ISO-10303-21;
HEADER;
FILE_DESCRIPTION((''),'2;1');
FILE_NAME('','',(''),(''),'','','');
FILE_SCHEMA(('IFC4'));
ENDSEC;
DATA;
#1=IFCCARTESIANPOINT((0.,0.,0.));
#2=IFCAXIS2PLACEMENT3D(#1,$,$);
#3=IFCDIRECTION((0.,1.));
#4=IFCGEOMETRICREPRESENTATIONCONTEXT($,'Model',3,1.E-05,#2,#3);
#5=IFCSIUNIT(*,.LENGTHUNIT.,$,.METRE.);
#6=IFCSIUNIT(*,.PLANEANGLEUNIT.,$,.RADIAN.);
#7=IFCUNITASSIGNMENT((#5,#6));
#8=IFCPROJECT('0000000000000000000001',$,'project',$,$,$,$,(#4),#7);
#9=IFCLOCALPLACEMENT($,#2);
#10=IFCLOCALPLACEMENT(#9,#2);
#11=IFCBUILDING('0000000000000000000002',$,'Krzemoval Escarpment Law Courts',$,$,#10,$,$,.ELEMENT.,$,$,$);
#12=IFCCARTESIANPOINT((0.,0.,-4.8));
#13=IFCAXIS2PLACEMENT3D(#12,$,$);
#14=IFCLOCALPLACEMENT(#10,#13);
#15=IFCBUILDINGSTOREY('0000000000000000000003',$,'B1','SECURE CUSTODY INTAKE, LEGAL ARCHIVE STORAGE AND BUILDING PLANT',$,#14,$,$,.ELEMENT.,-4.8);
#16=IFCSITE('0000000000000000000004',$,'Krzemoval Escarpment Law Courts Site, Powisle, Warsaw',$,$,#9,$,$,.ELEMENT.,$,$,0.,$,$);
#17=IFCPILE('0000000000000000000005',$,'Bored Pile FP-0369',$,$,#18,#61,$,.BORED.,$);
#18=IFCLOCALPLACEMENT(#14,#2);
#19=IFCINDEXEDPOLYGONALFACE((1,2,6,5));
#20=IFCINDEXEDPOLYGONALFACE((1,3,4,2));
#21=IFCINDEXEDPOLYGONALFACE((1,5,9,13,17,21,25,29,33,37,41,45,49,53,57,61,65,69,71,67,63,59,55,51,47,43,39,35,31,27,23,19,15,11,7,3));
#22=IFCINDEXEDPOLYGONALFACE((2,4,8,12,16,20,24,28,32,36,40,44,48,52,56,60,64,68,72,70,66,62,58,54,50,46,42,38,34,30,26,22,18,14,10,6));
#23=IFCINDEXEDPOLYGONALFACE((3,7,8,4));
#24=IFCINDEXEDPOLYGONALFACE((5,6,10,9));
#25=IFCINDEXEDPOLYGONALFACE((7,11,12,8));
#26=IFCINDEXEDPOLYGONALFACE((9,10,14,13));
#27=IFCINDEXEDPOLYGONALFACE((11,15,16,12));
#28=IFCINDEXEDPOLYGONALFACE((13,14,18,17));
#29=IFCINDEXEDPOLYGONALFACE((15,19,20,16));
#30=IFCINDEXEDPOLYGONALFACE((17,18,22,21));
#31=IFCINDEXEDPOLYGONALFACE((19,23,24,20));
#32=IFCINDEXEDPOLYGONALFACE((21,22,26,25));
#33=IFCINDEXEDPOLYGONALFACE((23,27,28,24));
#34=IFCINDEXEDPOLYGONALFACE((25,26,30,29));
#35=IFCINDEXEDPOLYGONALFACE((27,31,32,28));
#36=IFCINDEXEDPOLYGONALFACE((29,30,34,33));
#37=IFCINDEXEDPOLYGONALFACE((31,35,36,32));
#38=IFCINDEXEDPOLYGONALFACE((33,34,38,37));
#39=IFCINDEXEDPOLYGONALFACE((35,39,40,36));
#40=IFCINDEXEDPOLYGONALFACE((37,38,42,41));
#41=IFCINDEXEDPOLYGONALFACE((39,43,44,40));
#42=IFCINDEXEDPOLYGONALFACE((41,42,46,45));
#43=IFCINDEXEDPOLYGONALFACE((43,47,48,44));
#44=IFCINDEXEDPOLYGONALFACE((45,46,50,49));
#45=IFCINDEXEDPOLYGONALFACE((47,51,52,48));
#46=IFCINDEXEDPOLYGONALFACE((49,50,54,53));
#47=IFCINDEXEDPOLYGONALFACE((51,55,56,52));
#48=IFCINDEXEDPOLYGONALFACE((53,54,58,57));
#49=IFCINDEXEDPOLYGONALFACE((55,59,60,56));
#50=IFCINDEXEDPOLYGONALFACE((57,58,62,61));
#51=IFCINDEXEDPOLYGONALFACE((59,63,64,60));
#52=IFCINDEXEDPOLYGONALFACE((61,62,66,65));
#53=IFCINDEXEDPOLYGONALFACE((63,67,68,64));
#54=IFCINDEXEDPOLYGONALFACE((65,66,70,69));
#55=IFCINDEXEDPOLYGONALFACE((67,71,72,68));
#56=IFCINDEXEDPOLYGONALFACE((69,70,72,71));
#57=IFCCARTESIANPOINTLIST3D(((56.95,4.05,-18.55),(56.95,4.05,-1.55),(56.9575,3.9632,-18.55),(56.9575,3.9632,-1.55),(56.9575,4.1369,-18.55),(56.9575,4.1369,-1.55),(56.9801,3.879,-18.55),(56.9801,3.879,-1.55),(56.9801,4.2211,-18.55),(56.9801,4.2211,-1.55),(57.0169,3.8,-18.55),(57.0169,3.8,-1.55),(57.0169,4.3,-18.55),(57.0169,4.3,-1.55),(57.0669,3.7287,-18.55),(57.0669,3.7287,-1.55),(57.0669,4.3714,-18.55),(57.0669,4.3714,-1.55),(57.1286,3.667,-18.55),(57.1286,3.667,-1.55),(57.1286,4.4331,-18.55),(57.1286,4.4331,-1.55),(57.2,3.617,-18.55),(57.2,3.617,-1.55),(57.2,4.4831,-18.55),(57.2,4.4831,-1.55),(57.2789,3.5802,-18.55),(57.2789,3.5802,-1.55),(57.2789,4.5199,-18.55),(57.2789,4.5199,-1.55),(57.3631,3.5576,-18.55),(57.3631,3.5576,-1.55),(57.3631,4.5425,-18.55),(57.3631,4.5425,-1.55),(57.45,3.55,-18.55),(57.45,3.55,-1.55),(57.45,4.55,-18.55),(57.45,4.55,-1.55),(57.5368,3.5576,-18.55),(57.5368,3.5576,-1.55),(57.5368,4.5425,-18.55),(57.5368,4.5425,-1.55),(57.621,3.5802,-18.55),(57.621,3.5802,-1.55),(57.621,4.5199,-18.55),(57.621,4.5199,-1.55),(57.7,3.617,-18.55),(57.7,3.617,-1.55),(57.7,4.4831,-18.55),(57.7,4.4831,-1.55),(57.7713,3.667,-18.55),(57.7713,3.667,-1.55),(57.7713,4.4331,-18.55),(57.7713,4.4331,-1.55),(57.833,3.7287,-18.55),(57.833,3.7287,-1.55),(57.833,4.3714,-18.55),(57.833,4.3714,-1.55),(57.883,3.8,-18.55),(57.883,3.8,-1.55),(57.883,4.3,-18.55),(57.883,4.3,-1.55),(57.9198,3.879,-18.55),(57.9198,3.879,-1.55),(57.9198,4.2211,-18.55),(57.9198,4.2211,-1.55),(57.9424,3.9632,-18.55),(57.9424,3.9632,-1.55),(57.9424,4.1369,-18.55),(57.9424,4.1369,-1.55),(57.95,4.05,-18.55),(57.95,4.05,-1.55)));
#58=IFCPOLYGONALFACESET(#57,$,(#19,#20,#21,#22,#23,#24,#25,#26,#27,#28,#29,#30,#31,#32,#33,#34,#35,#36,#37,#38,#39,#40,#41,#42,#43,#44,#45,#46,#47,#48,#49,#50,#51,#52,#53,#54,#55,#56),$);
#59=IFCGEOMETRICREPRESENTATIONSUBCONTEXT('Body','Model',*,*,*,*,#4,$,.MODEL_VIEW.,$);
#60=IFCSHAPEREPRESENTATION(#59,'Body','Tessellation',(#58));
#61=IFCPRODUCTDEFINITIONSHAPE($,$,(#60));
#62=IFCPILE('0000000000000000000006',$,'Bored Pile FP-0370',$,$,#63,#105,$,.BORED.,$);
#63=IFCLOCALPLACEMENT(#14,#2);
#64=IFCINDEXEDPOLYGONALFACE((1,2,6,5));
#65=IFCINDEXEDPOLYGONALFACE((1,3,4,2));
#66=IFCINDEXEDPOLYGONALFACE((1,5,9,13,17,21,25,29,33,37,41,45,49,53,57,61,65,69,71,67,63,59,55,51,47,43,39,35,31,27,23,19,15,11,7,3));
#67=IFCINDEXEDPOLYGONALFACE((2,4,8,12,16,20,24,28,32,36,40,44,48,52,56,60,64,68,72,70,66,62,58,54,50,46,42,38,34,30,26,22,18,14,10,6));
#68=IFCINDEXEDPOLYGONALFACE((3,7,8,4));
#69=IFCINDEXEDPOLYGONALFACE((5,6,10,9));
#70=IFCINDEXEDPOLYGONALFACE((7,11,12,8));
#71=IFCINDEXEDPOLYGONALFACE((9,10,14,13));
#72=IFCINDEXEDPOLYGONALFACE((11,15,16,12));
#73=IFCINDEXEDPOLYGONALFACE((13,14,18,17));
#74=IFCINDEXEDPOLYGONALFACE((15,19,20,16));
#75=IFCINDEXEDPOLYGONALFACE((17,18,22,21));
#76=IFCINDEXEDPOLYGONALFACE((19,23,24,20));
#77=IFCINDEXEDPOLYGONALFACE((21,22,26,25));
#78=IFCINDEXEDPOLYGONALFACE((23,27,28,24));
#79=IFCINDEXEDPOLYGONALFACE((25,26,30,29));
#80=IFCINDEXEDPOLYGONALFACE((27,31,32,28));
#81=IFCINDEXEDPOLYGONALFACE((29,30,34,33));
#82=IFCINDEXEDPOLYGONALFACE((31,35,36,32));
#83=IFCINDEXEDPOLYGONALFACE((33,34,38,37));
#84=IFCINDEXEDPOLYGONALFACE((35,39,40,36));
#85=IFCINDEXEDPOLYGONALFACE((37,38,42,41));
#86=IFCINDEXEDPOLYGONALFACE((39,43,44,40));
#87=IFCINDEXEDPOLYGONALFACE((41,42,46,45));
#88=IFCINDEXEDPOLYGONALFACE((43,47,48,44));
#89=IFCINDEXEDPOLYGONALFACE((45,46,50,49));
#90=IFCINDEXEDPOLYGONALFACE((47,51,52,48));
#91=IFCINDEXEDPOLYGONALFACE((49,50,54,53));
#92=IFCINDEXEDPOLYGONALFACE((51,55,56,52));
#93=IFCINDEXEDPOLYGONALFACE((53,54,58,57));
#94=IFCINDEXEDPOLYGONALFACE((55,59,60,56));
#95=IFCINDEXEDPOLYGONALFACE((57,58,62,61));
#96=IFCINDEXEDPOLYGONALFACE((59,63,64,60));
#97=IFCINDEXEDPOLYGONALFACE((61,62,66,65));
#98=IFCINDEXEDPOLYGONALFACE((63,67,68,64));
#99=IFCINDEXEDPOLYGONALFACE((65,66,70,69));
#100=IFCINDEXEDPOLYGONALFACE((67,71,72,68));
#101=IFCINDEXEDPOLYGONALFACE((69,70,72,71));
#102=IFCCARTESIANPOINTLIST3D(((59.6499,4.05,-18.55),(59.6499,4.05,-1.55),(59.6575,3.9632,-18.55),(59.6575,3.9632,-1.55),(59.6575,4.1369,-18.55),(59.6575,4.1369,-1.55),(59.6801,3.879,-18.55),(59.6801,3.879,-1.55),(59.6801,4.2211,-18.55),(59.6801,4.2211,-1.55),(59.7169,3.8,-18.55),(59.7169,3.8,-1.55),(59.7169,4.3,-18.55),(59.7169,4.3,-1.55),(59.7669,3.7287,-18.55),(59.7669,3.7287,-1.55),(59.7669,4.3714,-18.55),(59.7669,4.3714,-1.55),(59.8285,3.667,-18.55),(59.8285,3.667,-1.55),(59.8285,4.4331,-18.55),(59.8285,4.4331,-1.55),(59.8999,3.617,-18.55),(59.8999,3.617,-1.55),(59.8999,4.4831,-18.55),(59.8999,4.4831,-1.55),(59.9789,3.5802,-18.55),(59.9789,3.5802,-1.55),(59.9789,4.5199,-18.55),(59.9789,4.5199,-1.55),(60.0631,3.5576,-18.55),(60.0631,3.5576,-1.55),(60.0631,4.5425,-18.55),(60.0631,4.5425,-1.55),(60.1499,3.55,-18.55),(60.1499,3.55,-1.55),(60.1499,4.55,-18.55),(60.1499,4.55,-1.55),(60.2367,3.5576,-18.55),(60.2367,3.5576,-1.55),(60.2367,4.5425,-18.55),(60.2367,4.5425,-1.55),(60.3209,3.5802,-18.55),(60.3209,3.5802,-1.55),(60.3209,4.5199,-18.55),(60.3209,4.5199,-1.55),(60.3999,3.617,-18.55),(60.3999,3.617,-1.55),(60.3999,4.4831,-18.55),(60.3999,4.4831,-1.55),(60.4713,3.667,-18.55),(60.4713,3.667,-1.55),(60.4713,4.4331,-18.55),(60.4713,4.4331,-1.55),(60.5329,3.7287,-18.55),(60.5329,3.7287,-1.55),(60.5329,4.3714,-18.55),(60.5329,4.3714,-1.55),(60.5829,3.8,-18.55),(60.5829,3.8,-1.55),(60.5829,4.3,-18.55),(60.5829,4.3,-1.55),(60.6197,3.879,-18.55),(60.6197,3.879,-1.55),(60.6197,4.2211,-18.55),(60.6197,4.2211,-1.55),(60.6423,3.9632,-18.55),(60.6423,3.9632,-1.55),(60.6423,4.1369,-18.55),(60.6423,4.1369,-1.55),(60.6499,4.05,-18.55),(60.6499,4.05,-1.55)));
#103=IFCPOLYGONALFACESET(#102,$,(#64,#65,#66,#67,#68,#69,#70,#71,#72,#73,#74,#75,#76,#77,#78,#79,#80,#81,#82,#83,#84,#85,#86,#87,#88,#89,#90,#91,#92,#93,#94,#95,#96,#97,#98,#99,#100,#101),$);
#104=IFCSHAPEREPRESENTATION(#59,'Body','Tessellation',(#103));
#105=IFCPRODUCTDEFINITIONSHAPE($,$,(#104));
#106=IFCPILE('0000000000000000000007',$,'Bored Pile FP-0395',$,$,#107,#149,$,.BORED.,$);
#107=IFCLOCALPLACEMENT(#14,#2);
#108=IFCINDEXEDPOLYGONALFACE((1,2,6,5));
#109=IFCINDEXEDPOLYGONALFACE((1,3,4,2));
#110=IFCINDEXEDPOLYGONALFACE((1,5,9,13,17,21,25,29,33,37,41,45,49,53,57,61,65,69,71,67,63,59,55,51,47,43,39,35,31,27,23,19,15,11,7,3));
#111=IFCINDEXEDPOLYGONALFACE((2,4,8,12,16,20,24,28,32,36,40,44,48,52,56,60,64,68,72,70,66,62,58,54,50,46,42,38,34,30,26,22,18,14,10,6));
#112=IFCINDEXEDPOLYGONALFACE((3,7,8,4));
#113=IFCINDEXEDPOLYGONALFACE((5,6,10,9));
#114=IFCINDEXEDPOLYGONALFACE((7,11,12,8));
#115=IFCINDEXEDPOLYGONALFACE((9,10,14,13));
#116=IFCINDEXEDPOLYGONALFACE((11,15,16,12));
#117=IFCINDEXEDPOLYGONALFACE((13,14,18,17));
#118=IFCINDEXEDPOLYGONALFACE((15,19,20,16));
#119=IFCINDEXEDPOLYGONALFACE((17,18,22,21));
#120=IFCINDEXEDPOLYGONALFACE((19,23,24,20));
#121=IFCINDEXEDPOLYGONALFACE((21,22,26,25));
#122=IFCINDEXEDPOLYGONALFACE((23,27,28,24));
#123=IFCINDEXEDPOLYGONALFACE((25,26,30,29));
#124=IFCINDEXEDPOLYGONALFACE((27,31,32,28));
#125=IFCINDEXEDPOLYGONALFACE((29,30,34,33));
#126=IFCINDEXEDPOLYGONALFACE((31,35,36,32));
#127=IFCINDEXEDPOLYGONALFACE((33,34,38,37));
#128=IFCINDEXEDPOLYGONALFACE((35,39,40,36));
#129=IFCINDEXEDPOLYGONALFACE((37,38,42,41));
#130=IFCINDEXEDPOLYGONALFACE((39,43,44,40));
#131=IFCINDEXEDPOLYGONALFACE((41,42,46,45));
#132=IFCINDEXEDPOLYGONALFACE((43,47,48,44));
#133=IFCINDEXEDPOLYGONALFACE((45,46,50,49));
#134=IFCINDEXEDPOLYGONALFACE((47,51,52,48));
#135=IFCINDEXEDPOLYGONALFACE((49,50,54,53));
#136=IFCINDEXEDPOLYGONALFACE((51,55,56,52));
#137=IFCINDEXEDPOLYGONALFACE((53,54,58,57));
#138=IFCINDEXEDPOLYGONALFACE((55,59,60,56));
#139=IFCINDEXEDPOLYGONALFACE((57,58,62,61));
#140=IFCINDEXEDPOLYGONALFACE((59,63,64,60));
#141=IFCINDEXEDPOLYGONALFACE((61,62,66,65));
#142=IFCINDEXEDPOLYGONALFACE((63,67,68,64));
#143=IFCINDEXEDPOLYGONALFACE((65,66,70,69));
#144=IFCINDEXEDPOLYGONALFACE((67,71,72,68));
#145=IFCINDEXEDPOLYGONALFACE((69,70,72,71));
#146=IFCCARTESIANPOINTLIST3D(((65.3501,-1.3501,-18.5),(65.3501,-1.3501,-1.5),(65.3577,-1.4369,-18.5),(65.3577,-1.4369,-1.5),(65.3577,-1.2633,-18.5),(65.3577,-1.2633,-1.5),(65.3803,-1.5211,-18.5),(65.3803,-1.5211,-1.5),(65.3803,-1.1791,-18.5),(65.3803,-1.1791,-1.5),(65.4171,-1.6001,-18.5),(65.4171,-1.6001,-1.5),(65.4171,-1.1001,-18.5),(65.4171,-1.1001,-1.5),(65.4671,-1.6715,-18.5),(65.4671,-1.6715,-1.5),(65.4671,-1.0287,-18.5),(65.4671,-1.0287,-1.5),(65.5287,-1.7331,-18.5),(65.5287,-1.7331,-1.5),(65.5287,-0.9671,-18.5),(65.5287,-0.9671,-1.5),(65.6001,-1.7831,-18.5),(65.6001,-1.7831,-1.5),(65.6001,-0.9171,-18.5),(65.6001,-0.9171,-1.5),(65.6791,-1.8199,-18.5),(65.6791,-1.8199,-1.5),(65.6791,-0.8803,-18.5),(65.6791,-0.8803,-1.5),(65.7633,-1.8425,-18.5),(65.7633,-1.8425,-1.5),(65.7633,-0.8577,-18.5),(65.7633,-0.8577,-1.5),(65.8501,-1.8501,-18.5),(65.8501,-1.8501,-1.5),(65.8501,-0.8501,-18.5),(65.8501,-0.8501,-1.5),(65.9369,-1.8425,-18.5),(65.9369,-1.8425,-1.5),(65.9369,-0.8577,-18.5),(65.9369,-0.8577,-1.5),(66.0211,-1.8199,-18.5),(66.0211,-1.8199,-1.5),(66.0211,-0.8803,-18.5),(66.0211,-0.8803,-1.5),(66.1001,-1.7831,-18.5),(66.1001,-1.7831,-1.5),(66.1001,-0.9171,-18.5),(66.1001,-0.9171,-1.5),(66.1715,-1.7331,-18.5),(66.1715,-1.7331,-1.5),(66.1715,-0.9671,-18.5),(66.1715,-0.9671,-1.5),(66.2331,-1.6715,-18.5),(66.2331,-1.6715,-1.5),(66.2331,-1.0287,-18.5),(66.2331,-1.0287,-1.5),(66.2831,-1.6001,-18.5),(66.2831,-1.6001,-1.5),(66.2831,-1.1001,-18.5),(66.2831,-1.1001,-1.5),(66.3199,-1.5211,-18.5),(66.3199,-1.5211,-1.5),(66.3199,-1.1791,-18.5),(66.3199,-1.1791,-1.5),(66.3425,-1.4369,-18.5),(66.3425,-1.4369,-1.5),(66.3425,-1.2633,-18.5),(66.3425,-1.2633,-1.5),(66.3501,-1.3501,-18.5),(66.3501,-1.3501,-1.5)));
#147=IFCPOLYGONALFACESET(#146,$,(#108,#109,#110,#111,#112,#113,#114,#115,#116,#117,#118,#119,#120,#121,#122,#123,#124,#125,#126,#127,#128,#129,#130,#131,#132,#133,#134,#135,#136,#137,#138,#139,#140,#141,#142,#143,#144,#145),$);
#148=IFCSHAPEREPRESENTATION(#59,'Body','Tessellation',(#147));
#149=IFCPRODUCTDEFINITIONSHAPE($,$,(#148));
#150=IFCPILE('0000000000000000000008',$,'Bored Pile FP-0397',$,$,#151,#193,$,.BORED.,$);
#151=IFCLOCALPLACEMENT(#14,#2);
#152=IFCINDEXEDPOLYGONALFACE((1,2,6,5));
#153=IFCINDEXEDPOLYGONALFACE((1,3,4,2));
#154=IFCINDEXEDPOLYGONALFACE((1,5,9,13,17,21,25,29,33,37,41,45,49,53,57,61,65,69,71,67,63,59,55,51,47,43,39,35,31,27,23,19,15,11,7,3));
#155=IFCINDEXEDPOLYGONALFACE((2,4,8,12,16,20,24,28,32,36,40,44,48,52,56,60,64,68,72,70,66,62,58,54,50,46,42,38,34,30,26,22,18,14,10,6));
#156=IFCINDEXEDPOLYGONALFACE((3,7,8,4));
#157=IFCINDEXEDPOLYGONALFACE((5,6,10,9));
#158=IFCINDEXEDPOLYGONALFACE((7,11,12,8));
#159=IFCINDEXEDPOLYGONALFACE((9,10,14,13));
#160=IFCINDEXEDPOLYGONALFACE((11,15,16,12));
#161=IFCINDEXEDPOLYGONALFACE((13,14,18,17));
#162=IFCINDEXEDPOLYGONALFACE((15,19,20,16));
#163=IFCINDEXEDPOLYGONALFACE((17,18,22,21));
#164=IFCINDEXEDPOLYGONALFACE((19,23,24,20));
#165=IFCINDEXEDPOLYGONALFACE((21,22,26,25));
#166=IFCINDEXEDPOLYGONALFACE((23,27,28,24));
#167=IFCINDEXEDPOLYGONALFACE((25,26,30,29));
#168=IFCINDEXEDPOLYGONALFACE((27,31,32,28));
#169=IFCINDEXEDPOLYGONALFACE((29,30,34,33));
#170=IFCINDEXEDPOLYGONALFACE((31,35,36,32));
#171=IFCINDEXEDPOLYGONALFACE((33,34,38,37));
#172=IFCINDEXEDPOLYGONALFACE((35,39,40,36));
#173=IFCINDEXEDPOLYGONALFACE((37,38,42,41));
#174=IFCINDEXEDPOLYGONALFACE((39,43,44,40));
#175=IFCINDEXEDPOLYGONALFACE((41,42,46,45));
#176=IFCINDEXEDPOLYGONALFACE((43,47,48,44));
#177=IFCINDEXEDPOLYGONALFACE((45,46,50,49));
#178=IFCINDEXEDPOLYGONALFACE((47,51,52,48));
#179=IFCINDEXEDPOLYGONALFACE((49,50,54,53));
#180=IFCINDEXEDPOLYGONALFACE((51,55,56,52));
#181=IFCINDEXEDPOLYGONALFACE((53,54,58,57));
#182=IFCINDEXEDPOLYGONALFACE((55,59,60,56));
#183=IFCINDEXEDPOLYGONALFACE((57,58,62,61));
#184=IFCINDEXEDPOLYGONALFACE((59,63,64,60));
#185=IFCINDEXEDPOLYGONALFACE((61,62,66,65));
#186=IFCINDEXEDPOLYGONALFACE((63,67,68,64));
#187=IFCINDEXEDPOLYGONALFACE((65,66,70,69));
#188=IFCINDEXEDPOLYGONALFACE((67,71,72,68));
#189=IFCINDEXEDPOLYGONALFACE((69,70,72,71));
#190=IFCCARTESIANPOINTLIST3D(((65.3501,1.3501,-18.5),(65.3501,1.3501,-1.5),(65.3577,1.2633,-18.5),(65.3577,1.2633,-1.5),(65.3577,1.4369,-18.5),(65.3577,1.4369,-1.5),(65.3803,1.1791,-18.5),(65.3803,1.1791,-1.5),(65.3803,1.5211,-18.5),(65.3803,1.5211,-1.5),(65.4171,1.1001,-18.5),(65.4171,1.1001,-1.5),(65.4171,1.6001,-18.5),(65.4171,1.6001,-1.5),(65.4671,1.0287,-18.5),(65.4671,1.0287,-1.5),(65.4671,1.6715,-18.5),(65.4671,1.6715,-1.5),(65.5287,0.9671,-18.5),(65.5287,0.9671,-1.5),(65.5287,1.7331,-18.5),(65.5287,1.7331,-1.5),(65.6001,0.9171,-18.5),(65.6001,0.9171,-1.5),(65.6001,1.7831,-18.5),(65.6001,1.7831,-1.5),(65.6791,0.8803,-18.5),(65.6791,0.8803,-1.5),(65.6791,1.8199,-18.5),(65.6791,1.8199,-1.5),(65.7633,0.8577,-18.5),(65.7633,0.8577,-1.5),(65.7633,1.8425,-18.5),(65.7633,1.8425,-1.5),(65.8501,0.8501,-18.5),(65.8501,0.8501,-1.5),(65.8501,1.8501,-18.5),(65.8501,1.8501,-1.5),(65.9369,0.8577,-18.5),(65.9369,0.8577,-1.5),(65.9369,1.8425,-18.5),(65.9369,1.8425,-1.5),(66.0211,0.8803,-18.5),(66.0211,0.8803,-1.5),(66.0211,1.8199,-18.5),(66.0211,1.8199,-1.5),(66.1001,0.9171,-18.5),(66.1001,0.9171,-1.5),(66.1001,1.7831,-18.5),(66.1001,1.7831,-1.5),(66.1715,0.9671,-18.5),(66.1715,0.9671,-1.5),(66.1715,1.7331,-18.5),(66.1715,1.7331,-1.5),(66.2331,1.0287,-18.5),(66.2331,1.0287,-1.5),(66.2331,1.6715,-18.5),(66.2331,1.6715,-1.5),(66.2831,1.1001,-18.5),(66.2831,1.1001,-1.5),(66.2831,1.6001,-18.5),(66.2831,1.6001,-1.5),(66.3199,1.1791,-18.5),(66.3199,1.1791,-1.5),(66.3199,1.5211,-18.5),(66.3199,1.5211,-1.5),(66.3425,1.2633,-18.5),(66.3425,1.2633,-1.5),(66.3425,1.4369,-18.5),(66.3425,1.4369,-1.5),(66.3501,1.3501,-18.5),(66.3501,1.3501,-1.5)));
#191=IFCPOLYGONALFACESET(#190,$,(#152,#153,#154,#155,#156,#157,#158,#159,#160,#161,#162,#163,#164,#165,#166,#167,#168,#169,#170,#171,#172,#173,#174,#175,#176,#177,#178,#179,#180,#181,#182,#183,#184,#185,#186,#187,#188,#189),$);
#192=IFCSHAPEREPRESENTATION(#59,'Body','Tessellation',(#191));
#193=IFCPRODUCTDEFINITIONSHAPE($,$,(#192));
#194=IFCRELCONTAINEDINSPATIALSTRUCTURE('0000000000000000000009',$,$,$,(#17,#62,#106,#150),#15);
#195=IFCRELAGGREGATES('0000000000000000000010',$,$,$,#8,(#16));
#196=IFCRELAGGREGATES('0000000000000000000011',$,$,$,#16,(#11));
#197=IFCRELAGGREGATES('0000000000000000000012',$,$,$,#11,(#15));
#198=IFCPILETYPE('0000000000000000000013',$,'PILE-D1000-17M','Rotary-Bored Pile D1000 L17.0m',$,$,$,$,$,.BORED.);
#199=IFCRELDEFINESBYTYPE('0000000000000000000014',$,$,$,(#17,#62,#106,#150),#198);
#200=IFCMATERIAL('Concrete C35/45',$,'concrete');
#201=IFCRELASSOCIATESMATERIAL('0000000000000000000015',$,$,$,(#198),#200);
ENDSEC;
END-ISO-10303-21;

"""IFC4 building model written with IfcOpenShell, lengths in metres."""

from ifc_helpers import new_model, si_unit, direction, frame, origin, origin_2d, place, context, subcontext, project, spatial, circle, extrude, material, material_profile, profile_set, type_object, element, save


model = new_model("IFC4")

# Units and contexts
model_context = context("Model", 3, precision=1e-05, world=origin(), true_north=direction((0.0, 1.0)))
body_context = subcontext(model_context, "Body", "Model", "MODEL_VIEW")
ifc_project = project(units=[si_unit("LENGTHUNIT", "METRE"), si_unit("PLANEANGLEUNIT", "RADIAN")], contexts=[model_context])

# Site, building, storey
site_placement = place(None, origin())
site = spatial("IfcSite", under=ifc_project, at=site_placement, Name="Krzemoval Escarpment Law Courts Site, Powisle, Warsaw", CompositionType="ELEMENT", RefElevation=0.0)
building_placement = place(site_placement, origin())
building = spatial("IfcBuilding", under=site, at=building_placement, Name="Krzemoval Escarpment Law Courts", CompositionType="ELEMENT")
storey_placement = place(building_placement, frame((0.0, 0.0, -4.8)))
storey = spatial("IfcBuildingStorey", under=building, at=storey_placement, Name="B1", Description="SECURE CUSTODY INTAKE, LEGAL ARCHIVE STORAGE AND BUILDING PLANT", CompositionType="ELEMENT", Elevation=-4.8)

# Piles
ifc_material_1 = material(Name="Concrete C35/45", Category="concrete")
ifc_material_profile_1 = material_profile(ifc_material_1, circle(Radius=0.5, at=origin_2d()), Name="PILE D1000")
ifc_profile_set_1 = profile_set([ifc_material_profile_1], Name="Concrete C35/45")
pile_type = type_object("IfcPileType", Name="PILE-D1000-17M", Description="Rotary-Bored Pile D1000 L17.0m", PredefinedType="BORED", material=ifc_profile_set_1)
for number, where, z_axis, x_axis, name in (
    (1, (57.45, 4.05, -1.55), (0.0, 0.0, -1.0), (1.0, 0.0, 0.0), "Bored Pile FP-0369"),
    (2, (60.1499, 4.05, -1.55), (0.0, 0.0, -1.0), (1.0, 0.0, 0.0), "Bored Pile FP-0370"),
    (3, (65.8501, -1.3501, -1.5), (0.0, 0.0, -1.0), (1.0, 0.0, 0.0), "Bored Pile FP-0395"),
    (4, (65.8501, 1.3501, -1.5), (0.0, 0.0, -1.0), (1.0, 0.0, 0.0), "Bored Pile FP-0397"),
):
    element("IfcPile", number, at=place(storey_placement, frame(where, z_axis=z_axis, x_axis=x_axis)), inside=storey, type_object=pile_type, Name=name, PredefinedType="BORED", context=body_context, shape_type="SweptSolid", body=[
        extrude(circle(Radius=0.5, at=origin_2d()), origin(), (0.0, 0.0, 1.0), 17.0),
    ])

save(model, "model.ifc")
